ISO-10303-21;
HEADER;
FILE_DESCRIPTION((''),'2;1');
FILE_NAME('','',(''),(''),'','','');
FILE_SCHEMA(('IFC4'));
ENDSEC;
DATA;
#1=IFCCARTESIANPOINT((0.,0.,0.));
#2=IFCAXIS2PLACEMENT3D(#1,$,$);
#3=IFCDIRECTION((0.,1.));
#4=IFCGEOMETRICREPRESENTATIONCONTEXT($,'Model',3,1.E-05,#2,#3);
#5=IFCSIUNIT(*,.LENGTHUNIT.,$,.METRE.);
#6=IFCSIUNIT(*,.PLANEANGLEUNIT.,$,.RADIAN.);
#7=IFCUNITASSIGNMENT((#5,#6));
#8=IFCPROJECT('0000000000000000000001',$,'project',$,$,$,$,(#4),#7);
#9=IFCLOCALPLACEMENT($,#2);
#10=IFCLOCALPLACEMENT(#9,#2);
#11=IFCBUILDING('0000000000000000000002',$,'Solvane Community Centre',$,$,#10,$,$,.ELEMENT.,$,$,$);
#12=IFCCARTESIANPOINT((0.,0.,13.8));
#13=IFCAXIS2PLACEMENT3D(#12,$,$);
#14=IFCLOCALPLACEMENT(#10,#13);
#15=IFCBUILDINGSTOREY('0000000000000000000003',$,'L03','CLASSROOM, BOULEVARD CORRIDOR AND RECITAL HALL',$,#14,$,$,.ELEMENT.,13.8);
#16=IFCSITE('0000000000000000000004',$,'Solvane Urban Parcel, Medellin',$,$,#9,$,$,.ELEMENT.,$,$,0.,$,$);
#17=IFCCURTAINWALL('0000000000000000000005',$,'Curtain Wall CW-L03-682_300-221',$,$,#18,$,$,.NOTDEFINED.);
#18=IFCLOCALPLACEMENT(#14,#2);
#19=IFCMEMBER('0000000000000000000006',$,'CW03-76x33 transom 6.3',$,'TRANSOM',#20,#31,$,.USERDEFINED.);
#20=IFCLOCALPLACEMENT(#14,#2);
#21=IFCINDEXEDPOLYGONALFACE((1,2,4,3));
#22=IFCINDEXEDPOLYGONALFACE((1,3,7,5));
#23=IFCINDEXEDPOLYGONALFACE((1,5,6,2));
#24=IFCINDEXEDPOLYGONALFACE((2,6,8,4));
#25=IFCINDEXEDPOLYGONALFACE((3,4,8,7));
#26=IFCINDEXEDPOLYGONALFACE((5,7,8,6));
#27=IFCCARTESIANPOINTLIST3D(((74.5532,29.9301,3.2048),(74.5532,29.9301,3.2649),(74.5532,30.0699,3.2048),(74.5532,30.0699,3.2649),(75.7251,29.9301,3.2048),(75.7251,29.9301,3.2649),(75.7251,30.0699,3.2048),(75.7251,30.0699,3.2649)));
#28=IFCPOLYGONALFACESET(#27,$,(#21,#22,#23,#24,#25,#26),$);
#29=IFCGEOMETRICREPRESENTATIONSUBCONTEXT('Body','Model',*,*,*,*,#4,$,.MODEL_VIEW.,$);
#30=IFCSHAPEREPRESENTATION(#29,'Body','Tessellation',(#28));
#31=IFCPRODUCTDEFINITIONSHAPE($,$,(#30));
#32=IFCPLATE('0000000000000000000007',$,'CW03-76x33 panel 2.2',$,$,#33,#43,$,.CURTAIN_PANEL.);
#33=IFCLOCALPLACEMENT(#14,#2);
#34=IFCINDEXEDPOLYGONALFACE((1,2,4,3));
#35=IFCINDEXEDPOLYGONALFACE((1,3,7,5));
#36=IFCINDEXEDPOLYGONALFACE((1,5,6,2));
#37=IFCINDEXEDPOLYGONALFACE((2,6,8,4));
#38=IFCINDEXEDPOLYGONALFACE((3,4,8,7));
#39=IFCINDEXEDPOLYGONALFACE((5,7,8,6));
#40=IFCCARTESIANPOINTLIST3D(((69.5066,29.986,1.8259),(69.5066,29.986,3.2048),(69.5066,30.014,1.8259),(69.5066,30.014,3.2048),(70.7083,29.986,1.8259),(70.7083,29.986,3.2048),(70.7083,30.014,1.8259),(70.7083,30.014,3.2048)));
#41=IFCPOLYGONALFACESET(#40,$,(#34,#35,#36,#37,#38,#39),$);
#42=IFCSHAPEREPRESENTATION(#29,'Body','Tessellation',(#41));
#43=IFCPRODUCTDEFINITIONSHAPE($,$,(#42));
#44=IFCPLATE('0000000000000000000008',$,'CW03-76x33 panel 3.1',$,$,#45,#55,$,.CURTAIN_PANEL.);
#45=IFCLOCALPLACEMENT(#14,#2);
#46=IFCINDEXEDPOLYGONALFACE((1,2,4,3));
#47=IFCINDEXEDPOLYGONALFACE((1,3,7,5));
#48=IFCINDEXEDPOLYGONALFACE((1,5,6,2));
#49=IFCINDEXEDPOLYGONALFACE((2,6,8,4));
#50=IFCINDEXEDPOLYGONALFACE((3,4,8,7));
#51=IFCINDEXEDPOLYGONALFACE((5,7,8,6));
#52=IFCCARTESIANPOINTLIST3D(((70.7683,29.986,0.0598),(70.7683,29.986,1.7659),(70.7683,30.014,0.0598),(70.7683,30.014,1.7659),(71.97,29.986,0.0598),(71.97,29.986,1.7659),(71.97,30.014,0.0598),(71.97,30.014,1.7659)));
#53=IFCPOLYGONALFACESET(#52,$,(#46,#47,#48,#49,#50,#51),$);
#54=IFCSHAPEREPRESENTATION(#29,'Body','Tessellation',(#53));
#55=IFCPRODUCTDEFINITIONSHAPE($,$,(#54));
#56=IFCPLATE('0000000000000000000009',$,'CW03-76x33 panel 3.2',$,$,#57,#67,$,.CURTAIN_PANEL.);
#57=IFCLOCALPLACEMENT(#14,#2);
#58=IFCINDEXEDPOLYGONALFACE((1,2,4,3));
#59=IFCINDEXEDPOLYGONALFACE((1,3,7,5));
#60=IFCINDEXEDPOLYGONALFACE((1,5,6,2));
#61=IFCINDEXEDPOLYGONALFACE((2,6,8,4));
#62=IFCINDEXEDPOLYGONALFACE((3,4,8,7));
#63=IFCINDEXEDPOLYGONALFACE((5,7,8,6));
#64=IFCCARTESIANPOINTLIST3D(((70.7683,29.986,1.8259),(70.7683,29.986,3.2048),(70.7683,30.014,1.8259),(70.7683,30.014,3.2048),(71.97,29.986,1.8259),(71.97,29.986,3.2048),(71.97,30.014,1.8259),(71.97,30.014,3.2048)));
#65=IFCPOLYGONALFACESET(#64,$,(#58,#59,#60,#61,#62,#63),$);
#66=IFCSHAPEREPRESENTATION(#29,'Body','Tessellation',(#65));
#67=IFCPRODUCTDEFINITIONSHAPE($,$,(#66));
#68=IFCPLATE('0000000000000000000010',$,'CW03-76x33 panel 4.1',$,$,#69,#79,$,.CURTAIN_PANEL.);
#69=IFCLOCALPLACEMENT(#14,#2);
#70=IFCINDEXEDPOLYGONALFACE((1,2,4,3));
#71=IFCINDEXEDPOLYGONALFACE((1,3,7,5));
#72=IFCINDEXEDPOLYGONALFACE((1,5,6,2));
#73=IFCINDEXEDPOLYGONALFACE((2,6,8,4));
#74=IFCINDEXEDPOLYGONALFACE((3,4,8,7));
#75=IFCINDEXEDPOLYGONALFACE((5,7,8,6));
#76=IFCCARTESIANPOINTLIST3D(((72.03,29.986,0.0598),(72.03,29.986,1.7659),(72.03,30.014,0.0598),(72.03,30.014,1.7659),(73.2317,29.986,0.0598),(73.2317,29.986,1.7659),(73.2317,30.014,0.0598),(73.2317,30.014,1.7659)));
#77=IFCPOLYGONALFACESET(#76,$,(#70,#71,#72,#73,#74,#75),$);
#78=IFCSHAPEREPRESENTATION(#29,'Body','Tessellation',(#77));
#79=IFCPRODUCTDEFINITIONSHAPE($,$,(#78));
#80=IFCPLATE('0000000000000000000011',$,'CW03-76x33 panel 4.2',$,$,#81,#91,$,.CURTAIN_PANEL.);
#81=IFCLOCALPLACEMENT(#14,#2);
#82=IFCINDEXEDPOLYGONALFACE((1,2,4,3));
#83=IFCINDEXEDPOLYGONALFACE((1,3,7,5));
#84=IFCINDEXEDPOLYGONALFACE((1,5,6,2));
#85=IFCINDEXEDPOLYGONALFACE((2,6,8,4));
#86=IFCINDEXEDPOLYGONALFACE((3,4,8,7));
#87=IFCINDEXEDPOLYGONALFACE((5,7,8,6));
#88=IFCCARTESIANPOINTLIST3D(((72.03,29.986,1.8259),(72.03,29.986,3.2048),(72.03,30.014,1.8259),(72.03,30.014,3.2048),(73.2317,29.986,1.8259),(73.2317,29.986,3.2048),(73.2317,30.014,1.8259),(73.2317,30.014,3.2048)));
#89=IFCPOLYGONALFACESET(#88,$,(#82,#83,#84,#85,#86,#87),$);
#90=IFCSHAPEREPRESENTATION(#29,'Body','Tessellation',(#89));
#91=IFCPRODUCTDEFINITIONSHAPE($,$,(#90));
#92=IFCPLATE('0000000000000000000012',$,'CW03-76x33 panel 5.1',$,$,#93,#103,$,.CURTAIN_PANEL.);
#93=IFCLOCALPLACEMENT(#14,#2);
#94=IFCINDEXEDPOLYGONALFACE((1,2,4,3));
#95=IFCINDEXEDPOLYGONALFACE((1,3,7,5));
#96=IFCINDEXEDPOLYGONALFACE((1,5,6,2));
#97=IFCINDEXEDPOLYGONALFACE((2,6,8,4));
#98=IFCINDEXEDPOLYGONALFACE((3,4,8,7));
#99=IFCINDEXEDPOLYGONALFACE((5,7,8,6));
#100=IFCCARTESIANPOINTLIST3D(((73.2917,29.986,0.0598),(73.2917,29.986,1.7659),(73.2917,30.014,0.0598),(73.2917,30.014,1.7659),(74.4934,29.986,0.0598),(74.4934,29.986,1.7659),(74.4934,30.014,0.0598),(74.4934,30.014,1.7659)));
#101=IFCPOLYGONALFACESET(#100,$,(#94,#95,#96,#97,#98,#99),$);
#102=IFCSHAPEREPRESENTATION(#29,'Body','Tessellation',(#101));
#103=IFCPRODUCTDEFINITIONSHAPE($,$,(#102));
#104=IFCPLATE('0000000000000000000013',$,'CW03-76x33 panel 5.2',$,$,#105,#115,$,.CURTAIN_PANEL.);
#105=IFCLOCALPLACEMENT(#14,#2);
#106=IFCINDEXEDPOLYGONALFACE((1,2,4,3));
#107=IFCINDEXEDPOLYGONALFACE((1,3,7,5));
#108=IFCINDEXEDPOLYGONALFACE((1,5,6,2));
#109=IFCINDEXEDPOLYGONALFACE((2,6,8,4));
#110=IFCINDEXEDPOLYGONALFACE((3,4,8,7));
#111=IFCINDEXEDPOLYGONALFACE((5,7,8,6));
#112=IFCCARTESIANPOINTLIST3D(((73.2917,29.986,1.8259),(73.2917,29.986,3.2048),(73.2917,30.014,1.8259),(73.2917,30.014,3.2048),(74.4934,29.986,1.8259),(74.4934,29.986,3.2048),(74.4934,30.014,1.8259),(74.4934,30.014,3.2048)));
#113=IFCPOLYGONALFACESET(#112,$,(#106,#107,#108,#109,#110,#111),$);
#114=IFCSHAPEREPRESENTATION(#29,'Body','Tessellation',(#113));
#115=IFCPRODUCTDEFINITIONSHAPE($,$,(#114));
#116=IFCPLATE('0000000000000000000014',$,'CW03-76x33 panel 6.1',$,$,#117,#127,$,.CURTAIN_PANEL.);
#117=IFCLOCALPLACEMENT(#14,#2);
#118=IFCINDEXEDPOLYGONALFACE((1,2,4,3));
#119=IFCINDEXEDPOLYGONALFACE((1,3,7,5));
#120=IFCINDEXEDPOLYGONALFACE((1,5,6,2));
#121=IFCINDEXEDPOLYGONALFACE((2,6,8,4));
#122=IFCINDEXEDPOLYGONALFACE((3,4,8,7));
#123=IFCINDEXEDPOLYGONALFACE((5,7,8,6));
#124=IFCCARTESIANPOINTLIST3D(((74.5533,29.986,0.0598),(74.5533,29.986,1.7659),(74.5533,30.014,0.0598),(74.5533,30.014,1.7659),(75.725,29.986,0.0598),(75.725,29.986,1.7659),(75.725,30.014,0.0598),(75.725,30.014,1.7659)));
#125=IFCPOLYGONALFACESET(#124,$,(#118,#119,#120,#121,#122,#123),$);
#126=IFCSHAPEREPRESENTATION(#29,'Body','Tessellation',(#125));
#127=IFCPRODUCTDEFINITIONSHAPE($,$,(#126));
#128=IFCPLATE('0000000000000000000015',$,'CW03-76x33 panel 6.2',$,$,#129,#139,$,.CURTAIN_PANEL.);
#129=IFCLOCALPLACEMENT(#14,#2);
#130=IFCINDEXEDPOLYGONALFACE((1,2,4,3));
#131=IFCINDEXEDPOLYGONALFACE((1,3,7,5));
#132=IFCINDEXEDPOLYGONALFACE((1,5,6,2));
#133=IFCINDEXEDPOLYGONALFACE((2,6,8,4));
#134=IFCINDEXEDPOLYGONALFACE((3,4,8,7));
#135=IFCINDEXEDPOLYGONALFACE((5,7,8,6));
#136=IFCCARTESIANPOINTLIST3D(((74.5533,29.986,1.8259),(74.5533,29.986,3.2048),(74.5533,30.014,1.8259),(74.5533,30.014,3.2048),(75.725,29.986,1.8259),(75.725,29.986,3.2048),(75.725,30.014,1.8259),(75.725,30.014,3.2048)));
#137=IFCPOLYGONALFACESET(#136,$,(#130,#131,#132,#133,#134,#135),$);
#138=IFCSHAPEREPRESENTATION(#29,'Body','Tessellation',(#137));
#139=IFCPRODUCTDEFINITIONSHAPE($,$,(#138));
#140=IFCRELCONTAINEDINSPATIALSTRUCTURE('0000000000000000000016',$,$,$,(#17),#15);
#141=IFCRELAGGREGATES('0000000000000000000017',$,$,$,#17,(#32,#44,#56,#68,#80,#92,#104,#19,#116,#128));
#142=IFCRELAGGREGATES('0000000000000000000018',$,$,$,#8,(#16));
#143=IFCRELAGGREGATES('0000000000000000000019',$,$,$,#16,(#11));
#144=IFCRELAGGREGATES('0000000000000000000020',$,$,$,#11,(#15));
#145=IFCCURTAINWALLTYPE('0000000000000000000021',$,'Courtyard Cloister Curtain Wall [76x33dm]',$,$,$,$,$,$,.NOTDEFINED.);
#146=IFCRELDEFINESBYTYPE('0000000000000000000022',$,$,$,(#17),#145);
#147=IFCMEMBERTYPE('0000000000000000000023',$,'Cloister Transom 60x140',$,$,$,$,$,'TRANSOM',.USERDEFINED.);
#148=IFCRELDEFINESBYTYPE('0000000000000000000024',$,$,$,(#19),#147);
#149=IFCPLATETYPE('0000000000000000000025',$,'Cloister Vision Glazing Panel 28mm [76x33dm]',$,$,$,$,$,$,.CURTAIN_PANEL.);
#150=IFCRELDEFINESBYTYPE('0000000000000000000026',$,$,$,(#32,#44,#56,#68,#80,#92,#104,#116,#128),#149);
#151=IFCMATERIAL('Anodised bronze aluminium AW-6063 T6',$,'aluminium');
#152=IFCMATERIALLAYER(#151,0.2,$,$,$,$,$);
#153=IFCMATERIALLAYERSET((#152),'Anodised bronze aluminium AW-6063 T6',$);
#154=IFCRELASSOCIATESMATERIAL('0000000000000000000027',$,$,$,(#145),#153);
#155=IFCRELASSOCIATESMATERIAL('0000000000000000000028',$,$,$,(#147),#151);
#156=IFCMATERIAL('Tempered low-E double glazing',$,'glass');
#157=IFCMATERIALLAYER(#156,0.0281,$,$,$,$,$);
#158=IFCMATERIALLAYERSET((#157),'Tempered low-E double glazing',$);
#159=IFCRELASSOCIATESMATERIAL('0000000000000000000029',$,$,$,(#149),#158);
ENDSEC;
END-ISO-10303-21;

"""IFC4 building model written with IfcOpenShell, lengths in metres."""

from ifc_helpers import new_model, si_unit, direction, frame, origin, origin_2d, place, context, subcontext, project, spatial, rectangle, extrude, material, layer, layer_set, material_profile, profile_set, type_object, element, aggregate, save


model = new_model("IFC4")

# Units and contexts
model_context = context("Model", 3, precision=1e-05, world=origin(), true_north=direction((0.0, 1.0)))
body_context = subcontext(model_context, "Body", "Model", "MODEL_VIEW")
ifc_project = project(units=[si_unit("LENGTHUNIT", "METRE"), si_unit("PLANEANGLEUNIT", "RADIAN")], contexts=[model_context])

# Site, building, storey
site_placement = place(None, origin())
site = spatial("IfcSite", under=ifc_project, at=site_placement, Name="Solvane Urban Parcel, Medellin", CompositionType="ELEMENT", RefElevation=0.0)
building_placement = place(site_placement, origin())
building = spatial("IfcBuilding", under=site, at=building_placement, Name="Solvane Community Centre", CompositionType="ELEMENT")
storey_placement = place(building_placement, frame((0.0, 0.0, 13.8)))
storey = spatial("IfcBuildingStorey", under=building, at=storey_placement, Name="L03", Description="CLASSROOM, BOULEVARD CORRIDOR AND RECITAL HALL", CompositionType="ELEMENT", Elevation=13.8)

# Curtain wall, member, plates
ifc_material_1 = material(Name="Anodised bronze aluminium AW-6063 T6", Category="aluminium")
ifc_layer_1 = layer(ifc_material_1, 0.2)
ifc_layer_set_1 = layer_set([ifc_layer_1], Name="Anodised bronze aluminium AW-6063 T6")
curtain_wall_type = type_object("IfcCurtainWallType", Name="Courtyard Cloister Curtain Wall [76x33dm]", PredefinedType="NOTDEFINED", material=ifc_layer_set_1)
curtain_wall_placement = place(storey_placement, origin())
curtain_wall = element("IfcCurtainWall", 1, at=curtain_wall_placement, inside=storey, type_object=curtain_wall_type, Name="Curtain Wall CW-L03-682_300-221", PredefinedType="NOTDEFINED")
ifc_material_profile_1 = material_profile(ifc_material_1, rectangle(XDim=0.1399, YDim=0.0601, at=origin_2d()), Name="CW-T 60x140")
ifc_profile_set_1 = profile_set([ifc_material_profile_1], Name="Anodised bronze aluminium AW-6063 T6")
member_type_1 = type_object("IfcMemberType", Name="Cloister Transom 60x140", ElementType="TRANSOM", PredefinedType="USERDEFINED", material=ifc_profile_set_1)
member_1_placement = place(storey_placement, frame((74.5532, 30.0, 3.2349), z_axis=(1.0, 0.0, 0.0), x_axis=(0.0, 1.0, 0.0)))
member_1 = element("IfcMember", 2, at=member_1_placement, type_object=member_type_1, Name="CW03-76x33 transom 6.3", ObjectType="TRANSOM", PredefinedType="USERDEFINED", context=body_context, shape_type="SweptSolid", body=[
    extrude(rectangle(XDim=0.1399, YDim=0.0601, at=origin_2d()), origin(), (0.0, 0.0, 1.0), 1.1719),
])
ifc_material_2 = material(Name="Tempered low-E double glazing", Category="glass")
ifc_layer_2 = layer(ifc_material_2, 0.0281)
ifc_layer_set_2 = layer_set([ifc_layer_2], Name="Tempered low-E double glazing")
plate_type = type_object("IfcPlateType", Name="Cloister Vision Glazing Panel 28mm [76x33dm]", PredefinedType="CURTAIN_PANEL", material=ifc_layer_set_2)
plate_1_placement = place(storey_placement, frame((70.1074, 30.0, 1.8259), z_axis=(0.0, 0.0, 1.0), x_axis=(1.0, 0.0, 0.0)))
plate_1 = element("IfcPlate", 3, at=plate_1_placement, type_object=plate_type, Name="CW03-76x33 panel 2.2", PredefinedType="CURTAIN_PANEL", context=body_context, shape_type="SweptSolid", body=[
    extrude(rectangle(XDim=1.2017, YDim=0.0281, at=origin_2d()), origin(), (0.0, 0.0, 1.0), 1.3789),
])
plate_2_placement = place(storey_placement, frame((71.3691, 30.0, 0.0598), z_axis=(0.0, 0.0, 1.0), x_axis=(1.0, 0.0, 0.0)))
plate_2 = element("IfcPlate", 4, at=plate_2_placement, type_object=plate_type, Name="CW03-76x33 panel 3.1", PredefinedType="CURTAIN_PANEL", context=body_context, shape_type="SweptSolid", body=[
    extrude(rectangle(XDim=1.2017, YDim=0.0281, at=origin_2d()), origin(), (0.0, 0.0, 1.0), 1.7061),
])
plate_3_placement = place(storey_placement, frame((71.3691, 30.0, 1.8259), z_axis=(0.0, 0.0, 1.0), x_axis=(1.0, 0.0, 0.0)))
plate_3 = element("IfcPlate", 5, at=plate_3_placement, type_object=plate_type, Name="CW03-76x33 panel 3.2", PredefinedType="CURTAIN_PANEL", context=body_context, shape_type="SweptSolid", body=[
    extrude(rectangle(XDim=1.2017, YDim=0.0281, at=origin_2d()), origin(), (0.0, 0.0, 1.0), 1.3789),
])
plate_4_placement = place(storey_placement, frame((72.6309, 30.0, 0.0598), z_axis=(0.0, 0.0, 1.0), x_axis=(1.0, 0.0, 0.0)))
plate_4 = element("IfcPlate", 6, at=plate_4_placement, type_object=plate_type, Name="CW03-76x33 panel 4.1", PredefinedType="CURTAIN_PANEL", context=body_context, shape_type="SweptSolid", body=[
    extrude(rectangle(XDim=1.2017, YDim=0.0281, at=origin_2d()), origin(), (0.0, 0.0, 1.0), 1.7061),
])
plate_5_placement = place(storey_placement, frame((72.6309, 30.0, 1.8259), z_axis=(0.0, 0.0, 1.0), x_axis=(1.0, 0.0, 0.0)))
plate_5 = element("IfcPlate", 7, at=plate_5_placement, type_object=plate_type, Name="CW03-76x33 panel 4.2", PredefinedType="CURTAIN_PANEL", context=body_context, shape_type="SweptSolid", body=[
    extrude(rectangle(XDim=1.2017, YDim=0.0281, at=origin_2d()), origin(), (0.0, 0.0, 1.0), 1.3789),
])
plate_6_placement = place(storey_placement, frame((73.8926, 30.0, 0.0598), z_axis=(0.0, 0.0, 1.0), x_axis=(1.0, 0.0, 0.0)))
plate_6 = element("IfcPlate", 8, at=plate_6_placement, type_object=plate_type, Name="CW03-76x33 panel 5.1", PredefinedType="CURTAIN_PANEL", context=body_context, shape_type="SweptSolid", body=[
    extrude(rectangle(XDim=1.2017, YDim=0.0281, at=origin_2d()), origin(), (0.0, 0.0, 1.0), 1.7061),
])
plate_7_placement = place(storey_placement, frame((73.8926, 30.0, 1.8259), z_axis=(0.0, 0.0, 1.0), x_axis=(1.0, 0.0, 0.0)))
plate_7 = element("IfcPlate", 9, at=plate_7_placement, type_object=plate_type, Name="CW03-76x33 panel 5.2", PredefinedType="CURTAIN_PANEL", context=body_context, shape_type="SweptSolid", body=[
    extrude(rectangle(XDim=1.2017, YDim=0.0281, at=origin_2d()), origin(), (0.0, 0.0, 1.0), 1.3789),
])
plate_8_placement = place(storey_placement, frame((75.1392, 30.0, 0.0598), z_axis=(0.0, 0.0, 1.0), x_axis=(1.0, 0.0, 0.0)))
plate_8 = element("IfcPlate", 10, at=plate_8_placement, type_object=plate_type, Name="CW03-76x33 panel 6.1", PredefinedType="CURTAIN_PANEL", context=body_context, shape_type="SweptSolid", body=[
    extrude(rectangle(XDim=1.1716, YDim=0.0281, at=origin_2d()), origin(), (0.0, 0.0, 1.0), 1.7061),
])
plate_9_placement = place(storey_placement, frame((75.1392, 30.0, 1.8259), z_axis=(0.0, 0.0, 1.0), x_axis=(1.0, 0.0, 0.0)))
plate_9 = element("IfcPlate", 11, at=plate_9_placement, type_object=plate_type, Name="CW03-76x33 panel 6.2", PredefinedType="CURTAIN_PANEL", context=body_context, shape_type="SweptSolid", body=[
    extrude(rectangle(XDim=1.1716, YDim=0.0281, at=origin_2d()), origin(), (0.0, 0.0, 1.0), 1.3789),
])
aggregate(curtain_wall, [plate_1, plate_2, plate_3, plate_4, plate_5, plate_6, plate_7, member_1, plate_8, plate_9])

save(model, "model.ifc")
